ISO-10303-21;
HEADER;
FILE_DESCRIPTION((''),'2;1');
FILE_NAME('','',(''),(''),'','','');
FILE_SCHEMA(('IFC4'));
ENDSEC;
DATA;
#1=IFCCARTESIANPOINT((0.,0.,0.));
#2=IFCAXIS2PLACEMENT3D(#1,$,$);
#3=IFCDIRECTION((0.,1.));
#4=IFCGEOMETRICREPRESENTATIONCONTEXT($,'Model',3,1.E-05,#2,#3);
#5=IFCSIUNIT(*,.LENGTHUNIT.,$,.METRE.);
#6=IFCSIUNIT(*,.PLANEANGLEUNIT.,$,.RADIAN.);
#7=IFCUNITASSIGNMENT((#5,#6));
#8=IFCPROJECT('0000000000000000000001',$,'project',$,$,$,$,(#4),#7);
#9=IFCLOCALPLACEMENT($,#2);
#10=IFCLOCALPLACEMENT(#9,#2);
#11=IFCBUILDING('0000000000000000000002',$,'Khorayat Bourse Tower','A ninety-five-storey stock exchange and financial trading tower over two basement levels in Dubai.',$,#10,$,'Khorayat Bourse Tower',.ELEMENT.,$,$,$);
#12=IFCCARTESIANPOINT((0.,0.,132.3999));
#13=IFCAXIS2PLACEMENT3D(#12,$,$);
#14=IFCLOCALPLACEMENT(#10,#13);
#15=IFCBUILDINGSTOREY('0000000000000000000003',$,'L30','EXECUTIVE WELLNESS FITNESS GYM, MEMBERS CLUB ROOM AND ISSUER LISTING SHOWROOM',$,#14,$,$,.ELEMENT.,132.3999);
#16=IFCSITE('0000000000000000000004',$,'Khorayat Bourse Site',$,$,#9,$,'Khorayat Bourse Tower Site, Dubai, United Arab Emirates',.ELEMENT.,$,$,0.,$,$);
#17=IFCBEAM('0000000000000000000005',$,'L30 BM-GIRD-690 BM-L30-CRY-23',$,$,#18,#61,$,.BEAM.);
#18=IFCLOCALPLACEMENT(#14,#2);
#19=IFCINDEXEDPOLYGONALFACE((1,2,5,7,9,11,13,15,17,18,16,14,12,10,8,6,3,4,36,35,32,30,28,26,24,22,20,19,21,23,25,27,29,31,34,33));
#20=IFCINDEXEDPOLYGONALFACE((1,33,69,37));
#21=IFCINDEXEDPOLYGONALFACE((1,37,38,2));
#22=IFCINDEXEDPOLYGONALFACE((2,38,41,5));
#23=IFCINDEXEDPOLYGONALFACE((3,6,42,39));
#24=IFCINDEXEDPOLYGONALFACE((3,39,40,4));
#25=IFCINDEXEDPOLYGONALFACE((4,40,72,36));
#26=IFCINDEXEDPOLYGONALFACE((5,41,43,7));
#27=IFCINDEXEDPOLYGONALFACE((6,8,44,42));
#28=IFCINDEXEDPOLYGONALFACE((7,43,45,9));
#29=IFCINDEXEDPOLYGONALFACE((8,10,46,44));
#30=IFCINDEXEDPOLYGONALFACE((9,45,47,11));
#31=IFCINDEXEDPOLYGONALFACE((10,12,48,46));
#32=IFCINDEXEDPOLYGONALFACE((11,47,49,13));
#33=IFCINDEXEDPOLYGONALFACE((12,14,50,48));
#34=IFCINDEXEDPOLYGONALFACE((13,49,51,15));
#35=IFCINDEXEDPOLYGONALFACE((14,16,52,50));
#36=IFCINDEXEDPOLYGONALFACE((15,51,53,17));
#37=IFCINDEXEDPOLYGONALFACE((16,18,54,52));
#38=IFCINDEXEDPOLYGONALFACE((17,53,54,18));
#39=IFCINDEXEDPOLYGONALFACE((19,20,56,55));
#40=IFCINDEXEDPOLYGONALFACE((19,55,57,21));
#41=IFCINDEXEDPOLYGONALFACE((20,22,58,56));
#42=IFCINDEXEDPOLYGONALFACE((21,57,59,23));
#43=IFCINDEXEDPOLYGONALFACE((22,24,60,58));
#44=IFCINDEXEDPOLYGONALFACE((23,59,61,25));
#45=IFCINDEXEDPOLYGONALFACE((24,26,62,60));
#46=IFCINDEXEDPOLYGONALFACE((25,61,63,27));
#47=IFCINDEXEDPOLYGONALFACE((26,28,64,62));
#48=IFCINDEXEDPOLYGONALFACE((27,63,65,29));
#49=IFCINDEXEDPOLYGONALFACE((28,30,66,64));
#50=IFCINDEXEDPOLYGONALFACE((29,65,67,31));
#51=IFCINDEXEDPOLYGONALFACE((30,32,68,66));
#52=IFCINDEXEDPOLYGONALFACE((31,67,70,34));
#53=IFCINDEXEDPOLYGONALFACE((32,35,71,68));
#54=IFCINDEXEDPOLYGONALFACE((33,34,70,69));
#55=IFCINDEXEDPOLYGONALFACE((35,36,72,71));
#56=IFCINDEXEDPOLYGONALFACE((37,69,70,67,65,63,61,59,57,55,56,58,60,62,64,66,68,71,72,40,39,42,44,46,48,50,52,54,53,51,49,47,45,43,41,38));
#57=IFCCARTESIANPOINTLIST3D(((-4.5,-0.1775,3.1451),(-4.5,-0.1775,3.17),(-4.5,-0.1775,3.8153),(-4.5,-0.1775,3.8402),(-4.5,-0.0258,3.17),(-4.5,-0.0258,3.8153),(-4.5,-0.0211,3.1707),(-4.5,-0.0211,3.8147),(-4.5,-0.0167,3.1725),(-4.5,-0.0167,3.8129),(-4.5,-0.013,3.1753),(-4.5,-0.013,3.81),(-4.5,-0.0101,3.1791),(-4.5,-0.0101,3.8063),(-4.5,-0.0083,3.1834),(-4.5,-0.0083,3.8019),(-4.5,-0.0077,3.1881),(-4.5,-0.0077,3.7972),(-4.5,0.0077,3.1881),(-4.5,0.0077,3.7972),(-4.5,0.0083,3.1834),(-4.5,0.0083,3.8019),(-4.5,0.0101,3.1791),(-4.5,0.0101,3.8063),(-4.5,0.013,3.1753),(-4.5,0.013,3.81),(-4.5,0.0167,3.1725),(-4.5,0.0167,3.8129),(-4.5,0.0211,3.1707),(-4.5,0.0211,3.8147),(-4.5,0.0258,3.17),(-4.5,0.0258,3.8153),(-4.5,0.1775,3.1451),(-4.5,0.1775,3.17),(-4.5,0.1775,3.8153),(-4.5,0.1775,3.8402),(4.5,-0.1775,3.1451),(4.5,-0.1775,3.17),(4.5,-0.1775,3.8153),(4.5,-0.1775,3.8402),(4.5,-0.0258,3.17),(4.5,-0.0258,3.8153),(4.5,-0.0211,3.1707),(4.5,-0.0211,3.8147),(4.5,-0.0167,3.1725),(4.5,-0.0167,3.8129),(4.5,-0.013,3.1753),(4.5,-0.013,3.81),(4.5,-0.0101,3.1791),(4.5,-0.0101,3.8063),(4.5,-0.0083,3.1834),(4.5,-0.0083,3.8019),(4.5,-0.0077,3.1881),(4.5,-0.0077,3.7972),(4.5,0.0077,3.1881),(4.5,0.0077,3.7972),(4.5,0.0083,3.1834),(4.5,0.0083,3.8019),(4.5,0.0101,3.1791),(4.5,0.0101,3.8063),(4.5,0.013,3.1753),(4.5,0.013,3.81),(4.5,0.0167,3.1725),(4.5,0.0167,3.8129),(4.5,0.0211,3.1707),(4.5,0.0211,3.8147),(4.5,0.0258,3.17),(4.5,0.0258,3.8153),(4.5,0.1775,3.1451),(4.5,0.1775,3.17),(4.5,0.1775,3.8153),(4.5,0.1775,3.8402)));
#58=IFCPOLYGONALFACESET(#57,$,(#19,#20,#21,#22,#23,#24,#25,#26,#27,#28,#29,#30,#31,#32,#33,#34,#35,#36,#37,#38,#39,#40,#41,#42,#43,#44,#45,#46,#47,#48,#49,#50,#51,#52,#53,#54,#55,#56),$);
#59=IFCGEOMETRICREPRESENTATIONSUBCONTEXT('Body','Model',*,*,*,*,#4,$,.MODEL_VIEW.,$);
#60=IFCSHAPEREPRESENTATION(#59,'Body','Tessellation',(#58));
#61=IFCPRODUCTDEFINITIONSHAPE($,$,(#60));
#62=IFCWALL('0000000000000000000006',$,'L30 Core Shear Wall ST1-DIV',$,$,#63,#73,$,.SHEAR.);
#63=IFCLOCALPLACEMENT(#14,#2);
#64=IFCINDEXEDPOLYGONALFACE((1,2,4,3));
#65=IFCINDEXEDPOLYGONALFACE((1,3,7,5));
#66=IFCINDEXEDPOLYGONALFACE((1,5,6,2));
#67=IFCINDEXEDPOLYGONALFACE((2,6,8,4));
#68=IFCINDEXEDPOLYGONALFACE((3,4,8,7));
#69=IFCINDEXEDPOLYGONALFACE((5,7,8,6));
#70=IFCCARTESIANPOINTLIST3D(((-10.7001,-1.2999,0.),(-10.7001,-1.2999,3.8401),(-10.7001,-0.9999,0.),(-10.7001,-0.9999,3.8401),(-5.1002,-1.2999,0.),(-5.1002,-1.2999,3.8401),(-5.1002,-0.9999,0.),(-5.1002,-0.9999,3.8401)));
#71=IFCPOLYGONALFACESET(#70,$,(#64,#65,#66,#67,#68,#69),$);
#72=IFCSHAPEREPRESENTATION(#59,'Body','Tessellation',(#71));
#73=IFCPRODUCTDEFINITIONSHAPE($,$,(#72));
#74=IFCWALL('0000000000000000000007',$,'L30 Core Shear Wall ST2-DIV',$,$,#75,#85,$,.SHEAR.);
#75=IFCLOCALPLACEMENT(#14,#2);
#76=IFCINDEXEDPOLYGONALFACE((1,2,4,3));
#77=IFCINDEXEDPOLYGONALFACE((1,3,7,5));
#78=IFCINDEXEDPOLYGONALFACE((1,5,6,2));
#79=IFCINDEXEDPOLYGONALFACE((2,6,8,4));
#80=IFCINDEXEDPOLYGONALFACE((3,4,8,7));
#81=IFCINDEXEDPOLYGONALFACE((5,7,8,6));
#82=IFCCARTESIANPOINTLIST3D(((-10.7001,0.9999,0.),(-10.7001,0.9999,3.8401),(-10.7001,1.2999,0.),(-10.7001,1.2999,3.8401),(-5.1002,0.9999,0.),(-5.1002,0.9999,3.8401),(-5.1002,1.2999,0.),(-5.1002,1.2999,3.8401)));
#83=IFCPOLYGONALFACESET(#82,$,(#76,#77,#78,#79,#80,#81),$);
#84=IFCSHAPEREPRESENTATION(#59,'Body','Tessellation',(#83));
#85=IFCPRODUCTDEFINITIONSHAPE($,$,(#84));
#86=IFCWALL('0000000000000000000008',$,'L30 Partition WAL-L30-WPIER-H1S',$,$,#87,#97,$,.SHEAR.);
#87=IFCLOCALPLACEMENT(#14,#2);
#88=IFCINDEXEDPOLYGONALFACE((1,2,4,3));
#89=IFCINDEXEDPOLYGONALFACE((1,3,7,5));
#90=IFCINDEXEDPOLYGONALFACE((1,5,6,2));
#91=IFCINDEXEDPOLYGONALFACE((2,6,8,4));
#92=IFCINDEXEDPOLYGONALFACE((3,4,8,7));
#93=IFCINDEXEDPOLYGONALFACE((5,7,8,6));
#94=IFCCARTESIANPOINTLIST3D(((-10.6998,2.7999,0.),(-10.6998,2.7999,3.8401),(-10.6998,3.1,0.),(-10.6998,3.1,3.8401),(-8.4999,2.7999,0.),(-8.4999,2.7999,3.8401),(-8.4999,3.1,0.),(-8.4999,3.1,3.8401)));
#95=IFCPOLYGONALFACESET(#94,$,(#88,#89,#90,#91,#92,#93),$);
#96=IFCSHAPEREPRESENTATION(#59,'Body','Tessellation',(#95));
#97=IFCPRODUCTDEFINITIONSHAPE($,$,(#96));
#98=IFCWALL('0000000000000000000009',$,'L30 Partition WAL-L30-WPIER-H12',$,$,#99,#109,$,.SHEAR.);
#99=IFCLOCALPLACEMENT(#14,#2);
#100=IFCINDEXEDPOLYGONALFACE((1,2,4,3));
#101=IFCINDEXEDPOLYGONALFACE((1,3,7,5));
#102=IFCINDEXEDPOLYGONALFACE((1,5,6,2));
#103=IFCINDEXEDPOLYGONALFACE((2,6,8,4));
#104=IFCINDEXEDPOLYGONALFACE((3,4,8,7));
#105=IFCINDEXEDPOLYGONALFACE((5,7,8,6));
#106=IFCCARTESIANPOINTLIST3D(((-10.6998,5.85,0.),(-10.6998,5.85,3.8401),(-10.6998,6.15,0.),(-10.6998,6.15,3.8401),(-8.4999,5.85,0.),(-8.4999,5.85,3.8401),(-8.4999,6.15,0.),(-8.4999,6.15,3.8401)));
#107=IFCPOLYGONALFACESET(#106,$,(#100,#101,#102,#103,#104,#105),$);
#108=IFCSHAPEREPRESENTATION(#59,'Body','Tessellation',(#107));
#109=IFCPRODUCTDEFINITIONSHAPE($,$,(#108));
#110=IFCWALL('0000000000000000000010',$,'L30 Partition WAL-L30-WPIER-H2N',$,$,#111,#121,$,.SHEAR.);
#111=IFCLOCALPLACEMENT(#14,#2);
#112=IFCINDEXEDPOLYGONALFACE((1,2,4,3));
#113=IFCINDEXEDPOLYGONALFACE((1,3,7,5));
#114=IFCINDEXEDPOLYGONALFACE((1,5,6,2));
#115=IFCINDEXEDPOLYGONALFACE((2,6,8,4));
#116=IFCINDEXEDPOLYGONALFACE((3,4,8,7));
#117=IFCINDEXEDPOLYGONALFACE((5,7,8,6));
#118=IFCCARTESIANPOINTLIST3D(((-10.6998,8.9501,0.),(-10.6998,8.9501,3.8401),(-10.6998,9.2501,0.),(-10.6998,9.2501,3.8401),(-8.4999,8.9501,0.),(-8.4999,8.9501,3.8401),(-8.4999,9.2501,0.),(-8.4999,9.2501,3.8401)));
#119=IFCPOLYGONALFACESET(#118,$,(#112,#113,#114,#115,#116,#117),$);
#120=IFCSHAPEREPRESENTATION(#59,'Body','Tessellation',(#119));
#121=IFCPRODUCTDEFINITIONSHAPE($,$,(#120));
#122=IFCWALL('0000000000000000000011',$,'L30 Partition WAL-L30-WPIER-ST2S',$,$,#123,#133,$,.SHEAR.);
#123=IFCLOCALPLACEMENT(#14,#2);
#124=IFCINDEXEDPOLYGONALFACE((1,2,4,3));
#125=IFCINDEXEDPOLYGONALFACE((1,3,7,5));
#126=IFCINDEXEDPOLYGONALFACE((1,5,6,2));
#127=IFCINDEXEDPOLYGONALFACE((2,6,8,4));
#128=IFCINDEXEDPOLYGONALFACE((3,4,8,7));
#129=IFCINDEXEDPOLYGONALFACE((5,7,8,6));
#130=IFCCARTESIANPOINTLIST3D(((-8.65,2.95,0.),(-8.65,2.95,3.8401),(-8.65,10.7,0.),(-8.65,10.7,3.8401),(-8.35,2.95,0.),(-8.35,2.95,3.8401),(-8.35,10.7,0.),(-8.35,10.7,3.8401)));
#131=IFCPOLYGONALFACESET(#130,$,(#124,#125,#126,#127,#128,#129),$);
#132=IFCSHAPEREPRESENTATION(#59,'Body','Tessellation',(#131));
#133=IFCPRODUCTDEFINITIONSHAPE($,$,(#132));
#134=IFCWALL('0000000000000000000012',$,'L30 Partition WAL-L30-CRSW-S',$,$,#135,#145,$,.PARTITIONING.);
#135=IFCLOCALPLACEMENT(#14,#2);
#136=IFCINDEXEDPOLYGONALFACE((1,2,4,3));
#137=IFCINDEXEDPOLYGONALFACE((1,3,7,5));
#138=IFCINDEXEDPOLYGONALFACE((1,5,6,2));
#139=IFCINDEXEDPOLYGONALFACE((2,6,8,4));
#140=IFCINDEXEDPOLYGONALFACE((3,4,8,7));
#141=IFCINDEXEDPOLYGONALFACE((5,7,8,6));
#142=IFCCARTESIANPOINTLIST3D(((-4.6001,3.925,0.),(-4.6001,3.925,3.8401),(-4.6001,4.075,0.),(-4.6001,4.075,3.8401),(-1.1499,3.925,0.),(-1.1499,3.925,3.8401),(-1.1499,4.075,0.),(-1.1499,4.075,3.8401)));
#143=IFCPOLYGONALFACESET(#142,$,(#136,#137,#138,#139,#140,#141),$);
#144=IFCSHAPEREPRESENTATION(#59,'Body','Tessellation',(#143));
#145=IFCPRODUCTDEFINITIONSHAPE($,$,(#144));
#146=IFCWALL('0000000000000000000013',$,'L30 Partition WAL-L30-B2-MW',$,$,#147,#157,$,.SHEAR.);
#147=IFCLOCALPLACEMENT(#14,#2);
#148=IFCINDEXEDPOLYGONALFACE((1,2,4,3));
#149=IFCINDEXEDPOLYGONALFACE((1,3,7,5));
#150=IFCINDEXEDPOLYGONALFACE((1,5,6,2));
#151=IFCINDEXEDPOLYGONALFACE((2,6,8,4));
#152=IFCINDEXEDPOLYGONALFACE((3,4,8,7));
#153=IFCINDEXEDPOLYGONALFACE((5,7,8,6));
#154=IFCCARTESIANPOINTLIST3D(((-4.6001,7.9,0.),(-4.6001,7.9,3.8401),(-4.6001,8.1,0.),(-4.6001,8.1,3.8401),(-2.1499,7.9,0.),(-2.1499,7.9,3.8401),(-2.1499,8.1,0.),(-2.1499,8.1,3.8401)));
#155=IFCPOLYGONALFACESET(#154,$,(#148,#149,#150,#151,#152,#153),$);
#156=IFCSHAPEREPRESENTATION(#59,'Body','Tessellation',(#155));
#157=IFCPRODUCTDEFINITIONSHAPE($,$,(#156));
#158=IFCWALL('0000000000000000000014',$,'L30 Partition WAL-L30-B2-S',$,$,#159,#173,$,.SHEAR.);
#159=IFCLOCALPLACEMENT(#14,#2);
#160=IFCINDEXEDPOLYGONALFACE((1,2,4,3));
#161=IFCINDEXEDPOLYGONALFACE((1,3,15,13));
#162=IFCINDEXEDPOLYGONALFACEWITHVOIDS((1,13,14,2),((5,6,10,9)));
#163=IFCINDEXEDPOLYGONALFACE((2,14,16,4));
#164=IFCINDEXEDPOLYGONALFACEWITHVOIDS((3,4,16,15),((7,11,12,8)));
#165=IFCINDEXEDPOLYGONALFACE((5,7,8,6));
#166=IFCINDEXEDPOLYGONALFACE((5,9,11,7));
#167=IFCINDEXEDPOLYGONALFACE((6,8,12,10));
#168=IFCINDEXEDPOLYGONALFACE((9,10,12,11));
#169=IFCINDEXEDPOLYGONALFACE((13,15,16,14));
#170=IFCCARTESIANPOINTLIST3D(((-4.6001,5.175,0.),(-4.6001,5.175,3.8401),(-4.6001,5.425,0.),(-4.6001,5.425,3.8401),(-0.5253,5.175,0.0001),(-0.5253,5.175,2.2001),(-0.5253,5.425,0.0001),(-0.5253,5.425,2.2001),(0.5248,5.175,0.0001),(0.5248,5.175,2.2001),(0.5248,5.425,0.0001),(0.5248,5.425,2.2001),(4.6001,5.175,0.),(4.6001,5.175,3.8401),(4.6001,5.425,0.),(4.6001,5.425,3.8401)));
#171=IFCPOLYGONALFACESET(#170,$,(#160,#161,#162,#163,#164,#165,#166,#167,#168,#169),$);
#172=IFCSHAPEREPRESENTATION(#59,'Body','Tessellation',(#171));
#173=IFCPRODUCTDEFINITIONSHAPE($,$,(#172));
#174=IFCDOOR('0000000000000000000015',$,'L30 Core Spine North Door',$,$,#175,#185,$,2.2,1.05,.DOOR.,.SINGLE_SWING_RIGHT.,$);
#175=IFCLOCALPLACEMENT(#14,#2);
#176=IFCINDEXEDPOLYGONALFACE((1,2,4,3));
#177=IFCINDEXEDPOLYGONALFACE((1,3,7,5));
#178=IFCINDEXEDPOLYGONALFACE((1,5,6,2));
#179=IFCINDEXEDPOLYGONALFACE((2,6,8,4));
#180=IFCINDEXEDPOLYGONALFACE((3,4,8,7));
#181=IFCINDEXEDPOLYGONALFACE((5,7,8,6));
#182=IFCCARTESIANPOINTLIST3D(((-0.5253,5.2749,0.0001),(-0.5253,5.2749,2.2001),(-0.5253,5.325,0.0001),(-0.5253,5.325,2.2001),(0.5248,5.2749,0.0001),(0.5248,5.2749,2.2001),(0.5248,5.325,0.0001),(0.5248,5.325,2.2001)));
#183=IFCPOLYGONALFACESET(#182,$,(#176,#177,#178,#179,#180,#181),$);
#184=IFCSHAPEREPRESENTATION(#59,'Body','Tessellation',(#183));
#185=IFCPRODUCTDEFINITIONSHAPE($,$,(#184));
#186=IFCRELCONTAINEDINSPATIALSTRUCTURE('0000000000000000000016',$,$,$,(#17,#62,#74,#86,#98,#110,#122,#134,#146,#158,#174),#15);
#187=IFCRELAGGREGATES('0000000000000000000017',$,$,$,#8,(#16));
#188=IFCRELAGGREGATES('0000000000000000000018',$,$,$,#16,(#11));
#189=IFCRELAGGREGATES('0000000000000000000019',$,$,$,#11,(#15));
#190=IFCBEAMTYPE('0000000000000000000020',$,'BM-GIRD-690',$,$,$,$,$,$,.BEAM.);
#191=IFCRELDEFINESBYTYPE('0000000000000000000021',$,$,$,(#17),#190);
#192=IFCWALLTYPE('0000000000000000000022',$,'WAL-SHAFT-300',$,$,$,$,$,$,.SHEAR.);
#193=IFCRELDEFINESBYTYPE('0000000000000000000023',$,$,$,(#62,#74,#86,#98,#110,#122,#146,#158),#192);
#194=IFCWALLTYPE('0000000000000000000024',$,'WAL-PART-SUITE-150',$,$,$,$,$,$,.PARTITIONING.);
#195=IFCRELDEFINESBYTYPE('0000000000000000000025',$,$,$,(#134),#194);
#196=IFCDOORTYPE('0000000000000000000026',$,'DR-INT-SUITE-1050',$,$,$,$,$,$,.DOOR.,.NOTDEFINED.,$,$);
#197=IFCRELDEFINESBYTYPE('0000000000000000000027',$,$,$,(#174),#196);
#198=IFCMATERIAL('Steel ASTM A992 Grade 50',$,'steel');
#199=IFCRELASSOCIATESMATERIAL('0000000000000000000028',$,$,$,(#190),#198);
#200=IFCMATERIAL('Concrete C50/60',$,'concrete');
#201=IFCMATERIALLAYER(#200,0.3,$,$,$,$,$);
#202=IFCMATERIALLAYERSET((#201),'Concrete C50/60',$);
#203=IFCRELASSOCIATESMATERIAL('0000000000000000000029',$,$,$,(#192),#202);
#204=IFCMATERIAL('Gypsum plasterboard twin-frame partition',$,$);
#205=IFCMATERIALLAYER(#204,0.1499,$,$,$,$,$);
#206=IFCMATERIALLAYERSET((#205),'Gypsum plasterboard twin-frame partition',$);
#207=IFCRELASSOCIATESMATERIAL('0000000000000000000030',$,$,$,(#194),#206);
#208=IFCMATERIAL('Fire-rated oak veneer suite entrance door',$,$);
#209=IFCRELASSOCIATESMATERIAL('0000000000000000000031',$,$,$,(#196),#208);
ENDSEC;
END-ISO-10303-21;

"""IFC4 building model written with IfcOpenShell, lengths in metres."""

from ifc_helpers import new_model, si_unit, direction, frame, frame_2d, origin, origin_2d, place, context, subcontext, project, spatial, rectangle, i_section, extrude, source, transform, mapped, material, layer, layer_set, material_profile, profile_set, type_object, element, fill, save


model = new_model("IFC4")

# Units and contexts
model_context = context("Model", 3, precision=1e-05, world=origin(), true_north=direction((0.0, 1.0)))
body_context = subcontext(model_context, "Body", "Model", "MODEL_VIEW")
ifc_project = project(units=[si_unit("LENGTHUNIT", "METRE"), si_unit("PLANEANGLEUNIT", "RADIAN")], contexts=[model_context])

# Site, building, storey
site_placement = place(None, origin())
site = spatial("IfcSite", under=ifc_project, at=site_placement, Name="Khorayat Bourse Site", LongName="Khorayat Bourse Tower Site, Dubai, United Arab Emirates", CompositionType="ELEMENT", RefElevation=0.0)
building_placement = place(site_placement, origin())
building = spatial("IfcBuilding", under=site, at=building_placement, Name="Khorayat Bourse Tower", Description="A ninety-five-storey stock exchange and financial trading tower over two basement levels in Dubai.", LongName="Khorayat Bourse Tower", CompositionType="ELEMENT")
storey_placement = place(building_placement, frame((0.0, 0.0, 132.3999)))
storey = spatial("IfcBuildingStorey", under=building, at=storey_placement, Name="L30", Description="EXECUTIVE WELLNESS FITNESS GYM, MEMBERS CLUB ROOM AND ISSUER LISTING SHOWROOM", CompositionType="ELEMENT", Elevation=132.3999)

# Beam
ifc_material_1 = material(Name="Steel ASTM A992 Grade 50", Category="steel")
ifc_material_profile_1 = material_profile(ifc_material_1, i_section(OverallWidth=0.355, OverallDepth=0.6951, WebThickness=0.0154, FlangeThickness=0.0249, FilletRadius=0.0181, at=origin_2d()), Name="W690X217")
ifc_profile_set_1 = profile_set([ifc_material_profile_1], Name="Steel ASTM A992 Grade 50")
beam_type_1 = type_object("IfcBeamType", Name="BM-GIRD-690", PredefinedType="BEAM", material=ifc_profile_set_1)
shared_shape_1 = source(origin(), body_context, "Body", "SweptSolid", [
    extrude(i_section(OverallWidth=0.355, OverallDepth=0.6951, WebThickness=0.0154, FlangeThickness=0.0249, FilletRadius=0.0181, at=origin_2d()), origin(), (0.0, 0.0, 1.0), 9.0),
])
beam_1_placement = place(storey_placement, frame((-4.5, 0.0, 3.4927), z_axis=(1.0, 0.0, 0.0), x_axis=(0.0, 1.0, 0.0)))
element("IfcBeam", 1, at=beam_1_placement, inside=storey, type_object=beam_type_1, Name="L30 BM-GIRD-690 BM-L30-CRY-23", PredefinedType="BEAM", context=body_context, shape_type="MappedRepresentation", body=[
    mapped(shared_shape_1, transform((0.0, 0.0, 0.0), scale=1.0)),
])

# Walls
ifc_material_2 = material(Name="Concrete C50/60", Category="concrete")
ifc_layer_1 = layer(ifc_material_2, 0.3)
ifc_layer_set_1 = layer_set([ifc_layer_1], Name="Concrete C50/60")
wall_type_1 = type_object("IfcWallType", Name="WAL-SHAFT-300", PredefinedType="SHEAR", material=ifc_layer_set_1)
shared_shape_2 = source(origin(), body_context, "Body", "SweptSolid", [
    extrude(rectangle(XDim=5.5999, YDim=0.3, at=frame_2d((2.7998, 0.0))), origin(), (0.0, 0.0, 1.0), 3.8401),
])
for number, where, z_axis, x_axis, name in (
    (2, (-10.7, -1.1499, 0.0), (0.0, 0.0, 1.0), (1.0, 0.0, 0.0), "L30 Core Shear Wall ST1-DIV"),
    (3, (-10.7, 1.1499, 0.0), (0.0, 0.0, 1.0), (1.0, 0.0, 0.0), "L30 Core Shear Wall ST2-DIV"),
):
    element("IfcWall", number, at=place(storey_placement, frame(where, z_axis=z_axis, x_axis=x_axis)), inside=storey, type_object=wall_type_1, Name=name, PredefinedType="SHEAR", context=body_context, shape_type="MappedRepresentation", body=[
        mapped(shared_shape_2, transform((0.0, 0.0, 0.0), scale=1.0)),
    ])
shared_shape_3 = source(origin(), body_context, "Body", "SweptSolid", [
    extrude(rectangle(XDim=2.2, YDim=0.3, at=frame_2d((1.1001, 0.0))), origin(), (0.0, 0.0, 1.0), 3.8401),
])
for number, where, z_axis, x_axis, name in (
    (4, (-10.7, 2.95, 0.0), (0.0, 0.0, 1.0), (1.0, 0.0, 0.0), "L30 Partition WAL-L30-WPIER-H1S"),
    (5, (-10.7, 6.0, 0.0), (0.0, 0.0, 1.0), (1.0, 0.0, 0.0), "L30 Partition WAL-L30-WPIER-H12"),
    (6, (-10.7, 9.1001, 0.0), (0.0, 0.0, 1.0), (1.0, 0.0, 0.0), "L30 Partition WAL-L30-WPIER-H2N"),
):
    element("IfcWall", number, at=place(storey_placement, frame(where, z_axis=z_axis, x_axis=x_axis)), inside=storey, type_object=wall_type_1, Name=name, PredefinedType="SHEAR", context=body_context, shape_type="MappedRepresentation", body=[
        mapped(shared_shape_3, transform((0.0, 0.0, 0.0), scale=1.0)),
    ])
shared_shape_4 = source(origin(), body_context, "Body", "SweptSolid", [
    extrude(rectangle(XDim=7.75, YDim=0.3, at=frame_2d((3.875, 0.0))), origin(), (0.0, 0.0, 1.0), 3.8401),
])
wall_1_placement = place(storey_placement, frame((-8.5, 2.95, 0.0), z_axis=(0.0, 0.0, 1.0), x_axis=(0.0, 1.0, 0.0)))
element("IfcWall", 7, at=wall_1_placement, inside=storey, type_object=wall_type_1, Name="L30 Partition WAL-L30-WPIER-ST2S", PredefinedType="SHEAR", context=body_context, shape_type="MappedRepresentation", body=[
    mapped(shared_shape_4, transform((0.0, 0.0, 0.0), scale=1.0)),
])
ifc_material_3 = material(Name="Gypsum plasterboard twin-frame partition")
ifc_layer_2 = layer(ifc_material_3, 0.1499)
ifc_layer_set_2 = layer_set([ifc_layer_2], Name="Gypsum plasterboard twin-frame partition")
wall_type_2 = type_object("IfcWallType", Name="WAL-PART-SUITE-150", PredefinedType="PARTITIONING", material=ifc_layer_set_2)
shared_shape_5 = source(origin(), body_context, "Body", "SweptSolid", [
    extrude(rectangle(XDim=3.4502, YDim=0.1499, at=frame_2d((1.7251, 0.0))), origin(), (0.0, 0.0, 1.0), 3.8401),
])
wall_2_placement = place(storey_placement, frame((-4.6001, 4.0, 0.0), z_axis=(0.0, 0.0, 1.0), x_axis=(1.0, 0.0, 0.0)))
element("IfcWall", 8, at=wall_2_placement, inside=storey, type_object=wall_type_2, Name="L30 Partition WAL-L30-CRSW-S", PredefinedType="PARTITIONING", context=body_context, shape_type="MappedRepresentation", body=[
    mapped(shared_shape_5, transform((0.0, 0.0, 0.0), scale=1.0)),
])
shared_shape_6 = source(origin(), body_context, "Body", "SweptSolid", [
    extrude(rectangle(XDim=2.4502, YDim=0.2, at=frame_2d((1.2251, 0.0))), origin(), (0.0, 0.0, 1.0), 3.8401),
])
wall_3_placement = place(storey_placement, frame((-4.6001, 8.0, 0.0), z_axis=(0.0, 0.0, 1.0), x_axis=(1.0, 0.0, 0.0)))
element("IfcWall", 9, at=wall_3_placement, inside=storey, type_object=wall_type_1, Name="L30 Partition WAL-L30-B2-MW", PredefinedType="SHEAR", context=body_context, shape_type="MappedRepresentation", body=[
    mapped(shared_shape_6, transform((0.0, 0.0, 0.0), scale=1.0)),
])

# Wall, opening, door
shared_shape_7 = source(origin(), body_context, "Body", "SweptSolid", [
    extrude(rectangle(XDim=9.2002, YDim=0.25, at=frame_2d((4.6001, 0.0))), origin(), (0.0, 0.0, 1.0), 3.8401),
])
wall_4_placement = place(storey_placement, frame((-4.6001, 5.3, 0.0), z_axis=(0.0, 0.0, 1.0), x_axis=(1.0, 0.0, 0.0)))
wall_4 = element("IfcWall", 10, at=wall_4_placement, inside=storey, type_object=wall_type_1, Name="L30 Partition WAL-L30-B2-S", PredefinedType="SHEAR", context=body_context, shape_type="MappedRepresentation", body=[
    mapped(shared_shape_7, transform((0.0, 0.0, 0.0), scale=1.0)),
])
shared_shape_8 = source(origin(), body_context, "Body", "SweptSolid", [
    extrude(rectangle(XDim=1.05, YDim=2.2, at=frame_2d((0.5249, 1.1001))), frame((0.0, 0.135, 0.0), z_axis=(0.0, -1.0, 0.0), x_axis=(1.0, 0.0, 0.0)), (0.0, 0.0, 1.0), 0.27),
])
opening_placement = place(wall_4_placement, frame((4.075, 0.0, 0.0)))
opening = element("IfcOpeningElement", 11, at=opening_placement, cuts=wall_4, PredefinedType="OPENING", context=body_context, shape_type="MappedRepresentation", body=[
    mapped(shared_shape_8, transform((0.0, 0.0, 0.0), scale=1.0)),
])
ifc_material_4 = material(Name="Fire-rated oak veneer suite entrance door")
door_type = type_object("IfcDoorType", Name="DR-INT-SUITE-1050", OperationType="NOTDEFINED", PredefinedType="DOOR", material=ifc_material_4)
shared_shape_9 = source(origin(), body_context, "Body", "SweptSolid", [
    extrude(rectangle(XDim=1.05, YDim=2.2, at=frame_2d((0.5249, 1.1001))), frame((0.0, 0.0249, 0.0), z_axis=(0.0, -1.0, 0.0), x_axis=(1.0, 0.0, 0.0)), (0.0, 0.0, 1.0), 0.05),
])
door_placement = place(opening_placement, origin())
door = element("IfcDoor", 12, at=door_placement, inside=storey, type_object=door_type, Name="L30 Core Spine North Door", OperationType="SINGLE_SWING_RIGHT", OverallHeight=2.2, OverallWidth=1.05, PredefinedType="DOOR", context=body_context, shape_type="MappedRepresentation", body=[
    mapped(shared_shape_9, transform((0.0, 0.0, 0.0), scale=1.0)),
])
fill(opening, door)

save(model, "model.ifc")
